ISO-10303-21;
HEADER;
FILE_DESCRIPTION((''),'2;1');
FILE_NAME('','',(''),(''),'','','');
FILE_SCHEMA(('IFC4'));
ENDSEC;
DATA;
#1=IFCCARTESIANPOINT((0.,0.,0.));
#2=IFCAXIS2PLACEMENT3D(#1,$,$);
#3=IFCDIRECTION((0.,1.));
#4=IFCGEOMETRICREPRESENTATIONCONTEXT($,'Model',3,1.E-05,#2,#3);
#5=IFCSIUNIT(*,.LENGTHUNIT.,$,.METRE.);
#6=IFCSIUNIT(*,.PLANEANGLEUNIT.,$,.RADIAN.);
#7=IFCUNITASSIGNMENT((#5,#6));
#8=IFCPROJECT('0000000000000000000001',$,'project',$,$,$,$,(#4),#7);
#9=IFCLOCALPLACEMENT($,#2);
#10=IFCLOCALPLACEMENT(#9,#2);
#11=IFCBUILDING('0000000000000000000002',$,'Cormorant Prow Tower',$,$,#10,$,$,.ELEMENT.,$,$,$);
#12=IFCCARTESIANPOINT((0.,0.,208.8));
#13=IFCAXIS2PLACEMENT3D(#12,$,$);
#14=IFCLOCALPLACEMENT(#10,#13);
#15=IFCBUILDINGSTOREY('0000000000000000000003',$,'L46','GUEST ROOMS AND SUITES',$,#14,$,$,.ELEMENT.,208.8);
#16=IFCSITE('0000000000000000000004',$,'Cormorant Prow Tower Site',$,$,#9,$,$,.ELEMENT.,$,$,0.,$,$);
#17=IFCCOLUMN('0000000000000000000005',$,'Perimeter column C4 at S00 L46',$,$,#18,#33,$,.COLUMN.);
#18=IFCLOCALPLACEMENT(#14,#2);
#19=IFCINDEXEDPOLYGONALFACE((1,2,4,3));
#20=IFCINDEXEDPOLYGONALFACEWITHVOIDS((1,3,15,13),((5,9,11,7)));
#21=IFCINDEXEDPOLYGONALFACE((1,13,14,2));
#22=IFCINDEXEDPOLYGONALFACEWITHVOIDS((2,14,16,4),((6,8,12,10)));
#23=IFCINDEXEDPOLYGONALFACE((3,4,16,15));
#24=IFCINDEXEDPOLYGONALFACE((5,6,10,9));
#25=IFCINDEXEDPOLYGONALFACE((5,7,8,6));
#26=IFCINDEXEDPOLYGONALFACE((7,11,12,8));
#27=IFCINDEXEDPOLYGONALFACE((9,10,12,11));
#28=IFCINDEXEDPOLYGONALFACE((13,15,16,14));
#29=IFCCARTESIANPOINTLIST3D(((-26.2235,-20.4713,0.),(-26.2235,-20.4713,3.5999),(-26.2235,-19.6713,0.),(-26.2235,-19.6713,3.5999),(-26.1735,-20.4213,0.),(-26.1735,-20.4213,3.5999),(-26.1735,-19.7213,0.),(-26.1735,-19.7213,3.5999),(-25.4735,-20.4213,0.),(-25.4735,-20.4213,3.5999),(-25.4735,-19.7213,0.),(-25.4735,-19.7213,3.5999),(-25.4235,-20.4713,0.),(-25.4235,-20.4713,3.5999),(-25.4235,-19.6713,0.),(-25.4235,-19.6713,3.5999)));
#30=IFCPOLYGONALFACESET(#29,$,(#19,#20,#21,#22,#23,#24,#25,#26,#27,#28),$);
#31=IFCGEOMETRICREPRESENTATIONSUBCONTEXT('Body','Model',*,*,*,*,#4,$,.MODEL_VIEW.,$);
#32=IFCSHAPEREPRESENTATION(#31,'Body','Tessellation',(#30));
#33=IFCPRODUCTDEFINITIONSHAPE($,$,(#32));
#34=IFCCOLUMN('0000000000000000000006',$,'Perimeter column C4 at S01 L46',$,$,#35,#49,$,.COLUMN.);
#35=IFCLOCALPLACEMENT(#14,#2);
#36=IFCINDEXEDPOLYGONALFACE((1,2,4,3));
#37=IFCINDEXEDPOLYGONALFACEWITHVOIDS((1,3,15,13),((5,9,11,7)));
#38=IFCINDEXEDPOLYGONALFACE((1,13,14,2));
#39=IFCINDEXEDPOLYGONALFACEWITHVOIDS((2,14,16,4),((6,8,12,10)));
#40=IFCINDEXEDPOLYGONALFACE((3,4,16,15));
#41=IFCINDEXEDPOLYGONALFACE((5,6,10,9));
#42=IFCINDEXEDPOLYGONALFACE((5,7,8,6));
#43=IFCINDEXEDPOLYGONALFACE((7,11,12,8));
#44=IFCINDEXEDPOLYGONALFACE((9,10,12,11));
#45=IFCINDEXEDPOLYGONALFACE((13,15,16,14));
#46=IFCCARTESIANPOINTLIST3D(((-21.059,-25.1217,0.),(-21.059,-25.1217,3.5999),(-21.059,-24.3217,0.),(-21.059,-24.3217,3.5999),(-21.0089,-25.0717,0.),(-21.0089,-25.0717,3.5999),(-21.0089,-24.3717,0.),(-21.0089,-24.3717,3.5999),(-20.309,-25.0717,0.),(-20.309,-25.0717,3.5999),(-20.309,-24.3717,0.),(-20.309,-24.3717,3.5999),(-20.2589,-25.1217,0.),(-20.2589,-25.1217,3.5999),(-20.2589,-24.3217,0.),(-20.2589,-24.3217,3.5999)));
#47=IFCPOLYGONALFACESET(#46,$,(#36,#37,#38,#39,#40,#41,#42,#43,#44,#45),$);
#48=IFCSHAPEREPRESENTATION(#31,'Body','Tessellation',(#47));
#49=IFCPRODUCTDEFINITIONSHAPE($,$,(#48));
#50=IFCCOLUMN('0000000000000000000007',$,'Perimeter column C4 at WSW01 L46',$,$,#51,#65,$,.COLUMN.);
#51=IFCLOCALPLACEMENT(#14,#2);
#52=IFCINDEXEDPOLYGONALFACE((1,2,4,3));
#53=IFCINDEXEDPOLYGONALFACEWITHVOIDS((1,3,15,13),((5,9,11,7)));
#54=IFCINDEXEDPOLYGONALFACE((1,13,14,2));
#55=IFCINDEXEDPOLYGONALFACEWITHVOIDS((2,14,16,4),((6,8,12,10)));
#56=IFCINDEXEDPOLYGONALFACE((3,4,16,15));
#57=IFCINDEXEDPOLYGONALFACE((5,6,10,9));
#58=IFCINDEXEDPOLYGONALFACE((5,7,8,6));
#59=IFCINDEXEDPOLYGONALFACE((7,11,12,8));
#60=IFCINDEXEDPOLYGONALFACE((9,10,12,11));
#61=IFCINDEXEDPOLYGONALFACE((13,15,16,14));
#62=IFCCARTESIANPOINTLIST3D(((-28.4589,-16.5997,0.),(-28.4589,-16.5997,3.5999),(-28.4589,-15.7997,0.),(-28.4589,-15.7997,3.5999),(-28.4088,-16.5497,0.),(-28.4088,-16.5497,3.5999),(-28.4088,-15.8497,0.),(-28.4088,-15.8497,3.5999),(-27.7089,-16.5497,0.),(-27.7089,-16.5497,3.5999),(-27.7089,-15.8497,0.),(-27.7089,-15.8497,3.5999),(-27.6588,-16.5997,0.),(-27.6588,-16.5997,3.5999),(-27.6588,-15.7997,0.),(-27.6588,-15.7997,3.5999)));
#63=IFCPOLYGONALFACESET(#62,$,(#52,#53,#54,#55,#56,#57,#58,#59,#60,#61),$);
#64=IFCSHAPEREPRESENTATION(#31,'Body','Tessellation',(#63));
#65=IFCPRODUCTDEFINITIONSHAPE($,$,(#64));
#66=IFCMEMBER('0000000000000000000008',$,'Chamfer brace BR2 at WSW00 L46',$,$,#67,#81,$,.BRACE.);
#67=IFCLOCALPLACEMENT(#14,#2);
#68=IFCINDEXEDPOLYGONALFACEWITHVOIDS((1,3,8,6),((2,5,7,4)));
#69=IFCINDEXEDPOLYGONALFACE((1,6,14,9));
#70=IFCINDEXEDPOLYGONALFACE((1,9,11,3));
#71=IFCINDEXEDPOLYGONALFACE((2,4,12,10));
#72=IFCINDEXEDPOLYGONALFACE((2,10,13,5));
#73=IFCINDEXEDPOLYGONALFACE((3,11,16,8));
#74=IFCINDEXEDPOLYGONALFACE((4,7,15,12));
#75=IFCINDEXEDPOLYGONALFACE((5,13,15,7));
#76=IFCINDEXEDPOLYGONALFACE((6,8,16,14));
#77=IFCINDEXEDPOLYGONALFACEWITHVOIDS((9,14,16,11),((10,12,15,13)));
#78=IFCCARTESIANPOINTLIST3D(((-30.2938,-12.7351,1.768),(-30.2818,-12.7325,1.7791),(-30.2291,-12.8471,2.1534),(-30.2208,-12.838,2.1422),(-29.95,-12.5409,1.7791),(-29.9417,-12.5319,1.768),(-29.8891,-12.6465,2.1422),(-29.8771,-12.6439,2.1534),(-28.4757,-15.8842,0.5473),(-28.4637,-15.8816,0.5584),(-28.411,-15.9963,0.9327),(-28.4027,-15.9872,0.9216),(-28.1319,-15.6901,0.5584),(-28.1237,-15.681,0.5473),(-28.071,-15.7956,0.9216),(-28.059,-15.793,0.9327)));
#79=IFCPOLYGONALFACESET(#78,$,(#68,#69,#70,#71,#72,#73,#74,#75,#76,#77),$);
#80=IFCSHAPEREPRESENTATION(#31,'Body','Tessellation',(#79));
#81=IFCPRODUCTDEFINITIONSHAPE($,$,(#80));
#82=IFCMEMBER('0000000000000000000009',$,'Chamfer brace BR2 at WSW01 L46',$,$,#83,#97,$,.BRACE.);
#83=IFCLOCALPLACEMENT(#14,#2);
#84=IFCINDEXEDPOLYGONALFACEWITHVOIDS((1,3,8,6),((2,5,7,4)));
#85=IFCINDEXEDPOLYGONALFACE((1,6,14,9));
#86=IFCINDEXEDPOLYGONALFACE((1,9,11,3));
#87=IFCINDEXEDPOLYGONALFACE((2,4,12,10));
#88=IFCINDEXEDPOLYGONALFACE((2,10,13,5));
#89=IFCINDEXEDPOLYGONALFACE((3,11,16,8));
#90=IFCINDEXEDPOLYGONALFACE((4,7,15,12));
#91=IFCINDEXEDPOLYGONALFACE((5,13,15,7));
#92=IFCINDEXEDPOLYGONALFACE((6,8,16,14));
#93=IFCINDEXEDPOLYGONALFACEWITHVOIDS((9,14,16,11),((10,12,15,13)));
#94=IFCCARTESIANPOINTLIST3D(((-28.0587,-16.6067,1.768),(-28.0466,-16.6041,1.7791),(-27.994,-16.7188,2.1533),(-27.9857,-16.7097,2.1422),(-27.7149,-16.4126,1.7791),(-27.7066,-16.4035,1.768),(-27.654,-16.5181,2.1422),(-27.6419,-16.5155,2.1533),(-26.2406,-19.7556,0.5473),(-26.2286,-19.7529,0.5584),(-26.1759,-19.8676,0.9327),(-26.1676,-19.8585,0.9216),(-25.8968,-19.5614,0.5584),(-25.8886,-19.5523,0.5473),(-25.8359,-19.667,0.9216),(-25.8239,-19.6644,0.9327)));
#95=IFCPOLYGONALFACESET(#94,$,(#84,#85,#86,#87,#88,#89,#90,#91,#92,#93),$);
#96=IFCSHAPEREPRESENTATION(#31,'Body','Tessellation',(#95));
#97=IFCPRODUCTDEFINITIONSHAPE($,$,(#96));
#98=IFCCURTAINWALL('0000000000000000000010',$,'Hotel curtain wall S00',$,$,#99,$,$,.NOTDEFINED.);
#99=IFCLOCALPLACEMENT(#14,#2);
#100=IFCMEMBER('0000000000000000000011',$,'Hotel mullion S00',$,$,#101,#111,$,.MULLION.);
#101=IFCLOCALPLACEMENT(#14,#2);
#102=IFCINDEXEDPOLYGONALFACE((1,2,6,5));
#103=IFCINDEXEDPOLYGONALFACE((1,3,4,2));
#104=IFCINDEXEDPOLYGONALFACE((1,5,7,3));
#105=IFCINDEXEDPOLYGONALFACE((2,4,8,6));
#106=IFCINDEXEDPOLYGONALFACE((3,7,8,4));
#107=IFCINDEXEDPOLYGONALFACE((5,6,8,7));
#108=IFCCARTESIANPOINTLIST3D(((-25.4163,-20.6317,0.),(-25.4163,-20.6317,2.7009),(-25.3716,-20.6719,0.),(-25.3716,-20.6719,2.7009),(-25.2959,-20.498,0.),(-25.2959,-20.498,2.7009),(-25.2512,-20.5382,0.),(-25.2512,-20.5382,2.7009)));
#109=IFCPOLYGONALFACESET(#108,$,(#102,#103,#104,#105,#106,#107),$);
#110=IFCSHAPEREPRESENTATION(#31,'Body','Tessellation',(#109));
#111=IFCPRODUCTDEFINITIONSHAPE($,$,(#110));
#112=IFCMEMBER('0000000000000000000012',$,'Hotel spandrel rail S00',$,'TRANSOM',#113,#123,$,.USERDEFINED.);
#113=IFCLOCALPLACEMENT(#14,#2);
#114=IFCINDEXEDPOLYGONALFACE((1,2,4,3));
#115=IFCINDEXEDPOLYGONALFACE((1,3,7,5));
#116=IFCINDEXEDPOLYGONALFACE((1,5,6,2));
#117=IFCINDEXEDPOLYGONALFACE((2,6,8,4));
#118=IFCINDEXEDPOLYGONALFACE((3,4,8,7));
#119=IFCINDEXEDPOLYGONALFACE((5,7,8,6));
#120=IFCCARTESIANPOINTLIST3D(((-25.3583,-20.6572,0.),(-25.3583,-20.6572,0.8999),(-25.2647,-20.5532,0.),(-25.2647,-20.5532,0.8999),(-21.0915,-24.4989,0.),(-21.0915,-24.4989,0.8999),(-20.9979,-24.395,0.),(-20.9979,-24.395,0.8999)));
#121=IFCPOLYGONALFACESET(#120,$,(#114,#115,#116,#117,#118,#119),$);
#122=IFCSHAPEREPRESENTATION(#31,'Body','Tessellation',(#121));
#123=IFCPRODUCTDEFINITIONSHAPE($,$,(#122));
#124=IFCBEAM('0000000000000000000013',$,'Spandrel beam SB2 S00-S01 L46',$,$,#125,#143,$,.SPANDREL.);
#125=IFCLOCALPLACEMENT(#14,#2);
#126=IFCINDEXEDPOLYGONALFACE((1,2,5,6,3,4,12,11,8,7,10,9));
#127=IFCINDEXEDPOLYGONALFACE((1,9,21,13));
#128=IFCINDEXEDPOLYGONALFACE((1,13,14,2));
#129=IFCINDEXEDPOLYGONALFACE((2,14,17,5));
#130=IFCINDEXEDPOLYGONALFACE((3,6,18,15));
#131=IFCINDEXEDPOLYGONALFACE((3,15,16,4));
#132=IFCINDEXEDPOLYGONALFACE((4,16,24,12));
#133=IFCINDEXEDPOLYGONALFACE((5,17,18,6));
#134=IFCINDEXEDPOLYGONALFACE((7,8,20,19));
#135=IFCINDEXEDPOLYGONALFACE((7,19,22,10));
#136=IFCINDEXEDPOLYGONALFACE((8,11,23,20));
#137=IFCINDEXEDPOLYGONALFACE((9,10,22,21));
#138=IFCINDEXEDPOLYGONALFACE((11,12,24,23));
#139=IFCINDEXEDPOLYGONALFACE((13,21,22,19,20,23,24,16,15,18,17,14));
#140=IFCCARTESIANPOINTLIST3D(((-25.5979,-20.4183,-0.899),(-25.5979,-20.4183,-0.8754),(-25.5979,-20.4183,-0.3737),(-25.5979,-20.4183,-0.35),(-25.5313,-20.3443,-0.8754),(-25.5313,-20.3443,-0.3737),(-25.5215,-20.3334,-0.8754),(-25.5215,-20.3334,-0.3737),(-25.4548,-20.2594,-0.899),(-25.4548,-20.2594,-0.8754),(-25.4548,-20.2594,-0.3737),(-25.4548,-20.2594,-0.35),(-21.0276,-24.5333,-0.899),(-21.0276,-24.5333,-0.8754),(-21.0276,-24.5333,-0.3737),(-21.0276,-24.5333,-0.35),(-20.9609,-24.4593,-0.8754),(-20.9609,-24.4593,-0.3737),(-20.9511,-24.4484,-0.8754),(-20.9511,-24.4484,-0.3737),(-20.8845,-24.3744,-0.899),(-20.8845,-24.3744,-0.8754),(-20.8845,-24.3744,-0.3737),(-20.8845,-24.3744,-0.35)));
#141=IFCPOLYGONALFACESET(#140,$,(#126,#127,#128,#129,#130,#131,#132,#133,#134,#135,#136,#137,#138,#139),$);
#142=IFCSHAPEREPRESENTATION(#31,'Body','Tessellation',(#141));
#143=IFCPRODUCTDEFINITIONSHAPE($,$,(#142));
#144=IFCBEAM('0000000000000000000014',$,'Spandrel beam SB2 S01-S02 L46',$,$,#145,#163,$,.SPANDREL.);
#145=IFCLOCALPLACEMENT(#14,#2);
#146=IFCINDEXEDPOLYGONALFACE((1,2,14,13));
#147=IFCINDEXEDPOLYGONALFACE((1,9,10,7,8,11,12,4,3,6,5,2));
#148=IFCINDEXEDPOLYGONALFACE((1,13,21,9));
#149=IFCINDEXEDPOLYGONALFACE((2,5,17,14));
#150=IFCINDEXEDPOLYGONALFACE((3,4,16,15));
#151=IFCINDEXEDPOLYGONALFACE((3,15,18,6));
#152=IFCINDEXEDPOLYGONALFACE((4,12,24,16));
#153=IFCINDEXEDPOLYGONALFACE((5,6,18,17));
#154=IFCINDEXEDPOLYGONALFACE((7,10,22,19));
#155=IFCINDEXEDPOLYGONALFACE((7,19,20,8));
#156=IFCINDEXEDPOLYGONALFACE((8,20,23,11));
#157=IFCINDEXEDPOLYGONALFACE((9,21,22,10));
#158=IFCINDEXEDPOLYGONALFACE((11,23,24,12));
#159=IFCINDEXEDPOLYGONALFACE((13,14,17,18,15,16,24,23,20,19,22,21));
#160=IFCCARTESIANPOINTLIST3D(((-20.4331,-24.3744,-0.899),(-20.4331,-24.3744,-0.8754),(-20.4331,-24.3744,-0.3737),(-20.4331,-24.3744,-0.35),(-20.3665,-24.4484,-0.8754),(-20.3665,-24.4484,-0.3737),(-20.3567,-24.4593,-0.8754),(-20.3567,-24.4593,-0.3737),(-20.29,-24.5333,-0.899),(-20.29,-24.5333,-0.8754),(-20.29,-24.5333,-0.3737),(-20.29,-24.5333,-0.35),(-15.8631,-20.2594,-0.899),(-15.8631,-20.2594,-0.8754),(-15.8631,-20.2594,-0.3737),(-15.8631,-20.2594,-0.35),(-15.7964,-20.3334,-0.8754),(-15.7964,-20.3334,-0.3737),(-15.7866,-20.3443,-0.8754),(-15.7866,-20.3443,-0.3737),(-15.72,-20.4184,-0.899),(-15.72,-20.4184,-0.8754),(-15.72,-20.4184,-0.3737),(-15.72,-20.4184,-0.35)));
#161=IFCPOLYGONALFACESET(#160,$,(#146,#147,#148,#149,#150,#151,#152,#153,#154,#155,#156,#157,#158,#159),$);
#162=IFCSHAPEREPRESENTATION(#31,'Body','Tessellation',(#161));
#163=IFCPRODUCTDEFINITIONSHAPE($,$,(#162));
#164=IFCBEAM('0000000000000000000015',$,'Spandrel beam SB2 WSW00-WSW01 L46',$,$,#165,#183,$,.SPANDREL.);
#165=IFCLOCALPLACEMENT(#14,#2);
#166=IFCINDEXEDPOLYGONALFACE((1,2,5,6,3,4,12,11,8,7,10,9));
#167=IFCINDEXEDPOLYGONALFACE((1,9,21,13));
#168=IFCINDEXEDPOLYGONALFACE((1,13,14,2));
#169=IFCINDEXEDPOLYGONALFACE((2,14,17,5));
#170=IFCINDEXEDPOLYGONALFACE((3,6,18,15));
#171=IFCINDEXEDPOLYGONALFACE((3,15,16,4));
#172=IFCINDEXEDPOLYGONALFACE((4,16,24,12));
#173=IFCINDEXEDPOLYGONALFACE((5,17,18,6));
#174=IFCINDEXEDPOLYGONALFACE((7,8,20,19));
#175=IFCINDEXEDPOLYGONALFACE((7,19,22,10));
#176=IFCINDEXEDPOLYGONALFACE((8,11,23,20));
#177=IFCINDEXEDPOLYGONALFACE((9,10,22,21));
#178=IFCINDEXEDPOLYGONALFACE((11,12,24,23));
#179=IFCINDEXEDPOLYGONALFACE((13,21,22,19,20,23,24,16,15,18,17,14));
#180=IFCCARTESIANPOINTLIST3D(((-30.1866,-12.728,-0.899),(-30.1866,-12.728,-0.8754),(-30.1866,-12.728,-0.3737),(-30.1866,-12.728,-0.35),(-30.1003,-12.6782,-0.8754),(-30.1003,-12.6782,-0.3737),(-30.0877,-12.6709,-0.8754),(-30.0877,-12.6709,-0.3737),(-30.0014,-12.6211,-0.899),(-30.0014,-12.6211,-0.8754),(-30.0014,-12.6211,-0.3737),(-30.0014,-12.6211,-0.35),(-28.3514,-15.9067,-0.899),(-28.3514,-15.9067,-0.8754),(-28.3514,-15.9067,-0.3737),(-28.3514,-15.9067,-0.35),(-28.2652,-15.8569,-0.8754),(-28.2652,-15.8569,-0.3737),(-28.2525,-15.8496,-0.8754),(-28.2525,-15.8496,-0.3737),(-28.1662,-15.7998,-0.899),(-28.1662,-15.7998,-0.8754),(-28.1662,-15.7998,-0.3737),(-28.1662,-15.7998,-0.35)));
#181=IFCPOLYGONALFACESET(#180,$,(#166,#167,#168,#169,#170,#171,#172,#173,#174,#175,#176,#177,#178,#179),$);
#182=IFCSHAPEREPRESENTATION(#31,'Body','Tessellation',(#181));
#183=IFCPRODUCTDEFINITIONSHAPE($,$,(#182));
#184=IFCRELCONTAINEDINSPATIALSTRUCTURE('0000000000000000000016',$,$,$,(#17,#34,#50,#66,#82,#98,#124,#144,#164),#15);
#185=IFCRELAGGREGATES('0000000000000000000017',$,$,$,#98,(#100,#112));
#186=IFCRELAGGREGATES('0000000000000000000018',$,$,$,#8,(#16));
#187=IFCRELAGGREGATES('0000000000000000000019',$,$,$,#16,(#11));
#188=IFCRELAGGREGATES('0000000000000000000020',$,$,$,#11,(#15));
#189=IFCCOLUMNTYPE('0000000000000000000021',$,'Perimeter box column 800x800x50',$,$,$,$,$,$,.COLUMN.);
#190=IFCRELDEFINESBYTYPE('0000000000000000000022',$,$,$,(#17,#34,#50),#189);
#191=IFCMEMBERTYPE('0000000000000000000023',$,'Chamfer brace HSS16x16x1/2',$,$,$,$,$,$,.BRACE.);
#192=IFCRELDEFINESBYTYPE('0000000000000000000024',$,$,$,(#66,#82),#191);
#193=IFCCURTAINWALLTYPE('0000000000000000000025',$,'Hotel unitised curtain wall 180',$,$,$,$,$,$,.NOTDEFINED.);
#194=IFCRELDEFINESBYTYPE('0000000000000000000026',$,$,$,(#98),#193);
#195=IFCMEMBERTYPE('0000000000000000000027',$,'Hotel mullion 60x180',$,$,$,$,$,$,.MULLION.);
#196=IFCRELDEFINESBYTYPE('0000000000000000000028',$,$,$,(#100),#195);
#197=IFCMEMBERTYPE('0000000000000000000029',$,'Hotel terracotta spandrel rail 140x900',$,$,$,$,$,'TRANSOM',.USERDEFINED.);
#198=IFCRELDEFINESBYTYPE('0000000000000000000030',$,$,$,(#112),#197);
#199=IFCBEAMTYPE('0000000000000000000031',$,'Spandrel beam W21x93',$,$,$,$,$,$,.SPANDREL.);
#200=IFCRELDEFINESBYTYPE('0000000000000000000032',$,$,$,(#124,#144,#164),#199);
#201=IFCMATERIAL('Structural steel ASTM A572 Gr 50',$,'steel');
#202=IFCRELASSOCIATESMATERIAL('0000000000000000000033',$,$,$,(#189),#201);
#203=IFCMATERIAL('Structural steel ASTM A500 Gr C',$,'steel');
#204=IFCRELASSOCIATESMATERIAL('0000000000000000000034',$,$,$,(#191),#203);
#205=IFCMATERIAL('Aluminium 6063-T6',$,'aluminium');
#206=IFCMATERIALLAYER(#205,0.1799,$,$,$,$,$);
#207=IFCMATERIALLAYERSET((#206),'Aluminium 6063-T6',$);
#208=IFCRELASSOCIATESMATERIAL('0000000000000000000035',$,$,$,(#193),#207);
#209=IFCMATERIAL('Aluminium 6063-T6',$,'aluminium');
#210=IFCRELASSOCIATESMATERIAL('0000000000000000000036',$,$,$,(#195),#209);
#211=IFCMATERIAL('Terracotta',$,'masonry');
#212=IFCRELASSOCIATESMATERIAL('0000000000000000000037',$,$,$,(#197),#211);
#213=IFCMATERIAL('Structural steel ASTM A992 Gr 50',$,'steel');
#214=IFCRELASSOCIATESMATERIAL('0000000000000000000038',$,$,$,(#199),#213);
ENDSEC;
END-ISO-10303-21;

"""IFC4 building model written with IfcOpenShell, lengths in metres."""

from ifc_helpers import new_model, si_unit, direction, frame, origin, origin_2d, place, context, subcontext, project, spatial, rectangle, hollow_rectangle, i_section, extrude, material, layer, layer_set, material_profile, profile_set, type_object, element, aggregate, save


model = new_model("IFC4")

# Units and contexts
model_context = context("Model", 3, precision=1e-05, world=origin(), true_north=direction((0.0, 1.0)))
body_context = subcontext(model_context, "Body", "Model", "MODEL_VIEW")
ifc_project = project(units=[si_unit("LENGTHUNIT", "METRE"), si_unit("PLANEANGLEUNIT", "RADIAN")], contexts=[model_context])

# Site, building, storey
site_placement = place(None, origin())
site = spatial("IfcSite", under=ifc_project, at=site_placement, Name="Cormorant Prow Tower Site", CompositionType="ELEMENT", RefElevation=0.0)
building_placement = place(site_placement, origin())
building = spatial("IfcBuilding", under=site, at=building_placement, Name="Cormorant Prow Tower", CompositionType="ELEMENT")
storey_placement = place(building_placement, frame((0.0, 0.0, 208.8)))
storey = spatial("IfcBuildingStorey", under=building, at=storey_placement, Name="L46", Description="GUEST ROOMS AND SUITES", CompositionType="ELEMENT", Elevation=208.8)

# Columns
ifc_material_1 = material(Name="Structural steel ASTM A572 Gr 50", Category="steel")
ifc_material_profile_1 = material_profile(ifc_material_1, hollow_rectangle(XDim=0.8, YDim=0.8, WallThickness=0.05, at=origin_2d()), Name="Box 800x800x50")
ifc_profile_set_1 = profile_set([ifc_material_profile_1], Name="Structural steel ASTM A572 Gr 50")
column_type = type_object("IfcColumnType", Name="Perimeter box column 800x800x50", PredefinedType="COLUMN", material=ifc_profile_set_1)
for number, where, z_axis, x_axis, name in (
    (1, (-25.8235, -20.0713, 0.0), (0.0, 0.0, 1.0), (1.0, 0.0, 0.0), "Perimeter column C4 at S00 L46"),
    (2, (-20.6589, -24.7217, 0.0), (0.0, 0.0, 1.0), (1.0, 0.0, 0.0), "Perimeter column C4 at S01 L46"),
    (3, (-28.0588, -16.1997, 0.0), (0.0, 0.0, 1.0), (1.0, 0.0, 0.0), "Perimeter column C4 at WSW01 L46"),
):
    element("IfcColumn", number, at=place(storey_placement, frame(where, z_axis=z_axis, x_axis=x_axis)), inside=storey, type_object=column_type, Name=name, PredefinedType="COLUMN", context=body_context, shape_type="SweptSolid", body=[
        extrude(hollow_rectangle(XDim=0.8, YDim=0.8, WallThickness=0.05, at=origin_2d()), origin(), (0.0, 0.0, 1.0), 3.5999),
    ])

# Members
ifc_material_2 = material(Name="Structural steel ASTM A500 Gr C", Category="steel")
ifc_material_profile_2 = material_profile(ifc_material_2, hollow_rectangle(XDim=0.4065, YDim=0.4065, WallThickness=0.0117, at=origin_2d()), Name="HSS16x16x1/2")
ifc_profile_set_2 = profile_set([ifc_material_profile_2], Name="Structural steel ASTM A500 Gr C")
member_type_1 = type_object("IfcMemberType", Name="Chamfer brace HSS16x16x1/2", PredefinedType="BRACE", material=ifc_profile_set_2)
member_1_placement = place(storey_placement, frame((-28.2673, -15.8386, 0.74), z_axis=(-0.473993, 0.821006, 0.318244), x_axis=(-0.866032, -0.499988, 0.0)))
element("IfcMember", 4, at=member_1_placement, inside=storey, type_object=member_type_1, Name="Chamfer brace BR2 at WSW00 L46", PredefinedType="BRACE", context=body_context, shape_type="SweptSolid", body=[
    extrude(hollow_rectangle(XDim=0.4065, YDim=0.4065, WallThickness=0.0117, at=origin_2d()), origin(), (0.0, 0.0, 1.0), 3.8357),
])
member_2_placement = place(storey_placement, frame((-26.0322, -19.71, 0.74), z_axis=(-0.474018, 0.820986, 0.318261), x_axis=(-0.866016, -0.500017, 0.0)))
element("IfcMember", 5, at=member_2_placement, inside=storey, type_object=member_type_1, Name="Chamfer brace BR2 at WSW01 L46", PredefinedType="BRACE", context=body_context, shape_type="SweptSolid", body=[
    extrude(hollow_rectangle(XDim=0.4065, YDim=0.4065, WallThickness=0.0117, at=origin_2d()), origin(), (0.0, 0.0, 1.0), 3.8354),
])

# Curtain wall, members
ifc_material_3 = material(Name="Aluminium 6063-T6", Category="aluminium")
ifc_layer_1 = layer(ifc_material_3, 0.1799)
ifc_layer_set_1 = layer_set([ifc_layer_1], Name="Aluminium 6063-T6")
curtain_wall_type = type_object("IfcCurtainWallType", Name="Hotel unitised curtain wall 180", PredefinedType="NOTDEFINED", material=ifc_layer_set_1)
curtain_wall_placement = place(storey_placement, origin())
curtain_wall = element("IfcCurtainWall", 6, at=curtain_wall_placement, inside=storey, type_object=curtain_wall_type, Name="Hotel curtain wall S00", PredefinedType="NOTDEFINED")
ifc_material_4 = material(Name="Aluminium 6063-T6", Category="aluminium")
ifc_material_profile_3 = material_profile(ifc_material_4, rectangle(XDim=0.1799, YDim=0.0601, at=origin_2d()), Name="Hotel mullion 60x180")
ifc_profile_set_3 = profile_set([ifc_material_profile_3], Name="Aluminium 6063-T6")
member_type_2 = type_object("IfcMemberType", Name="Hotel mullion 60x180", PredefinedType="MULLION", material=ifc_profile_set_3)
member_3_placement = place(storey_placement, frame((-25.3337, -20.585, 0.0), z_axis=(0.0, 0.0, 1.0), x_axis=(0.669131, 0.743145, 0.0)))
member_3 = element("IfcMember", 7, at=member_3_placement, type_object=member_type_2, Name="Hotel mullion S00", PredefinedType="MULLION", context=body_context, shape_type="SweptSolid", body=[
    extrude(rectangle(XDim=0.1799, YDim=0.0601, at=origin_2d()), origin(), (0.0, 0.0, 1.0), 2.7009),
])
ifc_material_5 = material(Name="Terracotta", Category="masonry")
ifc_material_profile_4 = material_profile(ifc_material_5, rectangle(XDim=0.1399, YDim=0.8999, at=origin_2d()), Name="Hotel terracotta spandrel rail 140x900")
ifc_profile_set_4 = profile_set([ifc_material_profile_4], Name="Terracotta")
member_type_3 = type_object("IfcMemberType", Name="Hotel terracotta spandrel rail 140x900", ElementType="TRANSOM", PredefinedType="USERDEFINED", material=ifc_profile_set_4)
member_4_placement = place(storey_placement, frame((-25.3115, -20.6052, 0.45), z_axis=(0.743152, -0.669122, 0.0), x_axis=(0.669122, 0.743152, 0.0)))
member_4 = element("IfcMember", 8, at=member_4_placement, type_object=member_type_3, Name="Hotel spandrel rail S00", ObjectType="TRANSOM", PredefinedType="USERDEFINED", context=body_context, shape_type="SweptSolid", body=[
    extrude(rectangle(XDim=0.1399, YDim=0.8999, at=origin_2d()), origin(), (0.0, 0.0, 1.0), 5.7415),
])

# Beams
ifc_material_6 = material(Name="Structural steel ASTM A992 Gr 50", Category="steel")
ifc_material_profile_5 = material_profile(ifc_material_6, i_section(OverallWidth=0.2139, OverallDepth=0.5491, WebThickness=0.0146, FlangeThickness=0.0237, at=origin_2d()), Name="W21x93")
ifc_profile_set_5 = profile_set([ifc_material_profile_5], Name="Structural steel ASTM A992 Gr 50")
beam_type = type_object("IfcBeamType", Name="Spandrel beam W21x93", PredefinedType="SPANDREL", material=ifc_profile_set_5)
beam_1_placement = place(storey_placement, frame((-25.5264, -20.3389, -0.6245), z_axis=(0.743156, -0.669118, 0.0), x_axis=(0.669118, 0.743156, 0.0)))
element("IfcBeam", 9, at=beam_1_placement, inside=storey, type_object=beam_type, Name="Spandrel beam SB2 S00-S01 L46", PredefinedType="SPANDREL", context=body_context, shape_type="SweptSolid", body=[
    extrude(i_section(OverallWidth=0.2139, OverallDepth=0.5491, WebThickness=0.0146, FlangeThickness=0.0237, at=origin_2d()), origin(), (0.0, 0.0, 1.0), 6.1499),
])
beam_2_placement = place(storey_placement, frame((-20.3616, -24.4539, -0.6245), z_axis=(0.743138, 0.669138, 0.0), x_axis=(-0.669138, 0.743138, 0.0)))
element("IfcBeam", 10, at=beam_2_placement, inside=storey, type_object=beam_type, Name="Spandrel beam SB2 S01-S02 L46", PredefinedType="SPANDREL", context=body_context, shape_type="SweptSolid", body=[
    extrude(i_section(OverallWidth=0.2139, OverallDepth=0.5491, WebThickness=0.0146, FlangeThickness=0.0237, at=origin_2d()), origin(), (0.0, 0.0, 1.0), 6.1497),
])
for number, where, z_axis, x_axis, name in (
    (11, (-30.094, -12.6746, -0.6245), (0.499995, -0.866028, 0.0), (0.866028, 0.499995, 0.0), "Spandrel beam SB2 WSW00-WSW01 L46"),
):
    element("IfcBeam", number, at=place(storey_placement, frame(where, z_axis=z_axis, x_axis=x_axis)), inside=storey, type_object=beam_type, Name=name, PredefinedType="SPANDREL", context=body_context, shape_type="SweptSolid", body=[
        extrude(i_section(OverallWidth=0.2139, OverallDepth=0.5491, WebThickness=0.0146, FlangeThickness=0.0237, at=origin_2d()), origin(), (0.0, 0.0, 1.0), 3.6704),
    ])

aggregate(curtain_wall, [member_3, member_4])

save(model, "model.ifc")
